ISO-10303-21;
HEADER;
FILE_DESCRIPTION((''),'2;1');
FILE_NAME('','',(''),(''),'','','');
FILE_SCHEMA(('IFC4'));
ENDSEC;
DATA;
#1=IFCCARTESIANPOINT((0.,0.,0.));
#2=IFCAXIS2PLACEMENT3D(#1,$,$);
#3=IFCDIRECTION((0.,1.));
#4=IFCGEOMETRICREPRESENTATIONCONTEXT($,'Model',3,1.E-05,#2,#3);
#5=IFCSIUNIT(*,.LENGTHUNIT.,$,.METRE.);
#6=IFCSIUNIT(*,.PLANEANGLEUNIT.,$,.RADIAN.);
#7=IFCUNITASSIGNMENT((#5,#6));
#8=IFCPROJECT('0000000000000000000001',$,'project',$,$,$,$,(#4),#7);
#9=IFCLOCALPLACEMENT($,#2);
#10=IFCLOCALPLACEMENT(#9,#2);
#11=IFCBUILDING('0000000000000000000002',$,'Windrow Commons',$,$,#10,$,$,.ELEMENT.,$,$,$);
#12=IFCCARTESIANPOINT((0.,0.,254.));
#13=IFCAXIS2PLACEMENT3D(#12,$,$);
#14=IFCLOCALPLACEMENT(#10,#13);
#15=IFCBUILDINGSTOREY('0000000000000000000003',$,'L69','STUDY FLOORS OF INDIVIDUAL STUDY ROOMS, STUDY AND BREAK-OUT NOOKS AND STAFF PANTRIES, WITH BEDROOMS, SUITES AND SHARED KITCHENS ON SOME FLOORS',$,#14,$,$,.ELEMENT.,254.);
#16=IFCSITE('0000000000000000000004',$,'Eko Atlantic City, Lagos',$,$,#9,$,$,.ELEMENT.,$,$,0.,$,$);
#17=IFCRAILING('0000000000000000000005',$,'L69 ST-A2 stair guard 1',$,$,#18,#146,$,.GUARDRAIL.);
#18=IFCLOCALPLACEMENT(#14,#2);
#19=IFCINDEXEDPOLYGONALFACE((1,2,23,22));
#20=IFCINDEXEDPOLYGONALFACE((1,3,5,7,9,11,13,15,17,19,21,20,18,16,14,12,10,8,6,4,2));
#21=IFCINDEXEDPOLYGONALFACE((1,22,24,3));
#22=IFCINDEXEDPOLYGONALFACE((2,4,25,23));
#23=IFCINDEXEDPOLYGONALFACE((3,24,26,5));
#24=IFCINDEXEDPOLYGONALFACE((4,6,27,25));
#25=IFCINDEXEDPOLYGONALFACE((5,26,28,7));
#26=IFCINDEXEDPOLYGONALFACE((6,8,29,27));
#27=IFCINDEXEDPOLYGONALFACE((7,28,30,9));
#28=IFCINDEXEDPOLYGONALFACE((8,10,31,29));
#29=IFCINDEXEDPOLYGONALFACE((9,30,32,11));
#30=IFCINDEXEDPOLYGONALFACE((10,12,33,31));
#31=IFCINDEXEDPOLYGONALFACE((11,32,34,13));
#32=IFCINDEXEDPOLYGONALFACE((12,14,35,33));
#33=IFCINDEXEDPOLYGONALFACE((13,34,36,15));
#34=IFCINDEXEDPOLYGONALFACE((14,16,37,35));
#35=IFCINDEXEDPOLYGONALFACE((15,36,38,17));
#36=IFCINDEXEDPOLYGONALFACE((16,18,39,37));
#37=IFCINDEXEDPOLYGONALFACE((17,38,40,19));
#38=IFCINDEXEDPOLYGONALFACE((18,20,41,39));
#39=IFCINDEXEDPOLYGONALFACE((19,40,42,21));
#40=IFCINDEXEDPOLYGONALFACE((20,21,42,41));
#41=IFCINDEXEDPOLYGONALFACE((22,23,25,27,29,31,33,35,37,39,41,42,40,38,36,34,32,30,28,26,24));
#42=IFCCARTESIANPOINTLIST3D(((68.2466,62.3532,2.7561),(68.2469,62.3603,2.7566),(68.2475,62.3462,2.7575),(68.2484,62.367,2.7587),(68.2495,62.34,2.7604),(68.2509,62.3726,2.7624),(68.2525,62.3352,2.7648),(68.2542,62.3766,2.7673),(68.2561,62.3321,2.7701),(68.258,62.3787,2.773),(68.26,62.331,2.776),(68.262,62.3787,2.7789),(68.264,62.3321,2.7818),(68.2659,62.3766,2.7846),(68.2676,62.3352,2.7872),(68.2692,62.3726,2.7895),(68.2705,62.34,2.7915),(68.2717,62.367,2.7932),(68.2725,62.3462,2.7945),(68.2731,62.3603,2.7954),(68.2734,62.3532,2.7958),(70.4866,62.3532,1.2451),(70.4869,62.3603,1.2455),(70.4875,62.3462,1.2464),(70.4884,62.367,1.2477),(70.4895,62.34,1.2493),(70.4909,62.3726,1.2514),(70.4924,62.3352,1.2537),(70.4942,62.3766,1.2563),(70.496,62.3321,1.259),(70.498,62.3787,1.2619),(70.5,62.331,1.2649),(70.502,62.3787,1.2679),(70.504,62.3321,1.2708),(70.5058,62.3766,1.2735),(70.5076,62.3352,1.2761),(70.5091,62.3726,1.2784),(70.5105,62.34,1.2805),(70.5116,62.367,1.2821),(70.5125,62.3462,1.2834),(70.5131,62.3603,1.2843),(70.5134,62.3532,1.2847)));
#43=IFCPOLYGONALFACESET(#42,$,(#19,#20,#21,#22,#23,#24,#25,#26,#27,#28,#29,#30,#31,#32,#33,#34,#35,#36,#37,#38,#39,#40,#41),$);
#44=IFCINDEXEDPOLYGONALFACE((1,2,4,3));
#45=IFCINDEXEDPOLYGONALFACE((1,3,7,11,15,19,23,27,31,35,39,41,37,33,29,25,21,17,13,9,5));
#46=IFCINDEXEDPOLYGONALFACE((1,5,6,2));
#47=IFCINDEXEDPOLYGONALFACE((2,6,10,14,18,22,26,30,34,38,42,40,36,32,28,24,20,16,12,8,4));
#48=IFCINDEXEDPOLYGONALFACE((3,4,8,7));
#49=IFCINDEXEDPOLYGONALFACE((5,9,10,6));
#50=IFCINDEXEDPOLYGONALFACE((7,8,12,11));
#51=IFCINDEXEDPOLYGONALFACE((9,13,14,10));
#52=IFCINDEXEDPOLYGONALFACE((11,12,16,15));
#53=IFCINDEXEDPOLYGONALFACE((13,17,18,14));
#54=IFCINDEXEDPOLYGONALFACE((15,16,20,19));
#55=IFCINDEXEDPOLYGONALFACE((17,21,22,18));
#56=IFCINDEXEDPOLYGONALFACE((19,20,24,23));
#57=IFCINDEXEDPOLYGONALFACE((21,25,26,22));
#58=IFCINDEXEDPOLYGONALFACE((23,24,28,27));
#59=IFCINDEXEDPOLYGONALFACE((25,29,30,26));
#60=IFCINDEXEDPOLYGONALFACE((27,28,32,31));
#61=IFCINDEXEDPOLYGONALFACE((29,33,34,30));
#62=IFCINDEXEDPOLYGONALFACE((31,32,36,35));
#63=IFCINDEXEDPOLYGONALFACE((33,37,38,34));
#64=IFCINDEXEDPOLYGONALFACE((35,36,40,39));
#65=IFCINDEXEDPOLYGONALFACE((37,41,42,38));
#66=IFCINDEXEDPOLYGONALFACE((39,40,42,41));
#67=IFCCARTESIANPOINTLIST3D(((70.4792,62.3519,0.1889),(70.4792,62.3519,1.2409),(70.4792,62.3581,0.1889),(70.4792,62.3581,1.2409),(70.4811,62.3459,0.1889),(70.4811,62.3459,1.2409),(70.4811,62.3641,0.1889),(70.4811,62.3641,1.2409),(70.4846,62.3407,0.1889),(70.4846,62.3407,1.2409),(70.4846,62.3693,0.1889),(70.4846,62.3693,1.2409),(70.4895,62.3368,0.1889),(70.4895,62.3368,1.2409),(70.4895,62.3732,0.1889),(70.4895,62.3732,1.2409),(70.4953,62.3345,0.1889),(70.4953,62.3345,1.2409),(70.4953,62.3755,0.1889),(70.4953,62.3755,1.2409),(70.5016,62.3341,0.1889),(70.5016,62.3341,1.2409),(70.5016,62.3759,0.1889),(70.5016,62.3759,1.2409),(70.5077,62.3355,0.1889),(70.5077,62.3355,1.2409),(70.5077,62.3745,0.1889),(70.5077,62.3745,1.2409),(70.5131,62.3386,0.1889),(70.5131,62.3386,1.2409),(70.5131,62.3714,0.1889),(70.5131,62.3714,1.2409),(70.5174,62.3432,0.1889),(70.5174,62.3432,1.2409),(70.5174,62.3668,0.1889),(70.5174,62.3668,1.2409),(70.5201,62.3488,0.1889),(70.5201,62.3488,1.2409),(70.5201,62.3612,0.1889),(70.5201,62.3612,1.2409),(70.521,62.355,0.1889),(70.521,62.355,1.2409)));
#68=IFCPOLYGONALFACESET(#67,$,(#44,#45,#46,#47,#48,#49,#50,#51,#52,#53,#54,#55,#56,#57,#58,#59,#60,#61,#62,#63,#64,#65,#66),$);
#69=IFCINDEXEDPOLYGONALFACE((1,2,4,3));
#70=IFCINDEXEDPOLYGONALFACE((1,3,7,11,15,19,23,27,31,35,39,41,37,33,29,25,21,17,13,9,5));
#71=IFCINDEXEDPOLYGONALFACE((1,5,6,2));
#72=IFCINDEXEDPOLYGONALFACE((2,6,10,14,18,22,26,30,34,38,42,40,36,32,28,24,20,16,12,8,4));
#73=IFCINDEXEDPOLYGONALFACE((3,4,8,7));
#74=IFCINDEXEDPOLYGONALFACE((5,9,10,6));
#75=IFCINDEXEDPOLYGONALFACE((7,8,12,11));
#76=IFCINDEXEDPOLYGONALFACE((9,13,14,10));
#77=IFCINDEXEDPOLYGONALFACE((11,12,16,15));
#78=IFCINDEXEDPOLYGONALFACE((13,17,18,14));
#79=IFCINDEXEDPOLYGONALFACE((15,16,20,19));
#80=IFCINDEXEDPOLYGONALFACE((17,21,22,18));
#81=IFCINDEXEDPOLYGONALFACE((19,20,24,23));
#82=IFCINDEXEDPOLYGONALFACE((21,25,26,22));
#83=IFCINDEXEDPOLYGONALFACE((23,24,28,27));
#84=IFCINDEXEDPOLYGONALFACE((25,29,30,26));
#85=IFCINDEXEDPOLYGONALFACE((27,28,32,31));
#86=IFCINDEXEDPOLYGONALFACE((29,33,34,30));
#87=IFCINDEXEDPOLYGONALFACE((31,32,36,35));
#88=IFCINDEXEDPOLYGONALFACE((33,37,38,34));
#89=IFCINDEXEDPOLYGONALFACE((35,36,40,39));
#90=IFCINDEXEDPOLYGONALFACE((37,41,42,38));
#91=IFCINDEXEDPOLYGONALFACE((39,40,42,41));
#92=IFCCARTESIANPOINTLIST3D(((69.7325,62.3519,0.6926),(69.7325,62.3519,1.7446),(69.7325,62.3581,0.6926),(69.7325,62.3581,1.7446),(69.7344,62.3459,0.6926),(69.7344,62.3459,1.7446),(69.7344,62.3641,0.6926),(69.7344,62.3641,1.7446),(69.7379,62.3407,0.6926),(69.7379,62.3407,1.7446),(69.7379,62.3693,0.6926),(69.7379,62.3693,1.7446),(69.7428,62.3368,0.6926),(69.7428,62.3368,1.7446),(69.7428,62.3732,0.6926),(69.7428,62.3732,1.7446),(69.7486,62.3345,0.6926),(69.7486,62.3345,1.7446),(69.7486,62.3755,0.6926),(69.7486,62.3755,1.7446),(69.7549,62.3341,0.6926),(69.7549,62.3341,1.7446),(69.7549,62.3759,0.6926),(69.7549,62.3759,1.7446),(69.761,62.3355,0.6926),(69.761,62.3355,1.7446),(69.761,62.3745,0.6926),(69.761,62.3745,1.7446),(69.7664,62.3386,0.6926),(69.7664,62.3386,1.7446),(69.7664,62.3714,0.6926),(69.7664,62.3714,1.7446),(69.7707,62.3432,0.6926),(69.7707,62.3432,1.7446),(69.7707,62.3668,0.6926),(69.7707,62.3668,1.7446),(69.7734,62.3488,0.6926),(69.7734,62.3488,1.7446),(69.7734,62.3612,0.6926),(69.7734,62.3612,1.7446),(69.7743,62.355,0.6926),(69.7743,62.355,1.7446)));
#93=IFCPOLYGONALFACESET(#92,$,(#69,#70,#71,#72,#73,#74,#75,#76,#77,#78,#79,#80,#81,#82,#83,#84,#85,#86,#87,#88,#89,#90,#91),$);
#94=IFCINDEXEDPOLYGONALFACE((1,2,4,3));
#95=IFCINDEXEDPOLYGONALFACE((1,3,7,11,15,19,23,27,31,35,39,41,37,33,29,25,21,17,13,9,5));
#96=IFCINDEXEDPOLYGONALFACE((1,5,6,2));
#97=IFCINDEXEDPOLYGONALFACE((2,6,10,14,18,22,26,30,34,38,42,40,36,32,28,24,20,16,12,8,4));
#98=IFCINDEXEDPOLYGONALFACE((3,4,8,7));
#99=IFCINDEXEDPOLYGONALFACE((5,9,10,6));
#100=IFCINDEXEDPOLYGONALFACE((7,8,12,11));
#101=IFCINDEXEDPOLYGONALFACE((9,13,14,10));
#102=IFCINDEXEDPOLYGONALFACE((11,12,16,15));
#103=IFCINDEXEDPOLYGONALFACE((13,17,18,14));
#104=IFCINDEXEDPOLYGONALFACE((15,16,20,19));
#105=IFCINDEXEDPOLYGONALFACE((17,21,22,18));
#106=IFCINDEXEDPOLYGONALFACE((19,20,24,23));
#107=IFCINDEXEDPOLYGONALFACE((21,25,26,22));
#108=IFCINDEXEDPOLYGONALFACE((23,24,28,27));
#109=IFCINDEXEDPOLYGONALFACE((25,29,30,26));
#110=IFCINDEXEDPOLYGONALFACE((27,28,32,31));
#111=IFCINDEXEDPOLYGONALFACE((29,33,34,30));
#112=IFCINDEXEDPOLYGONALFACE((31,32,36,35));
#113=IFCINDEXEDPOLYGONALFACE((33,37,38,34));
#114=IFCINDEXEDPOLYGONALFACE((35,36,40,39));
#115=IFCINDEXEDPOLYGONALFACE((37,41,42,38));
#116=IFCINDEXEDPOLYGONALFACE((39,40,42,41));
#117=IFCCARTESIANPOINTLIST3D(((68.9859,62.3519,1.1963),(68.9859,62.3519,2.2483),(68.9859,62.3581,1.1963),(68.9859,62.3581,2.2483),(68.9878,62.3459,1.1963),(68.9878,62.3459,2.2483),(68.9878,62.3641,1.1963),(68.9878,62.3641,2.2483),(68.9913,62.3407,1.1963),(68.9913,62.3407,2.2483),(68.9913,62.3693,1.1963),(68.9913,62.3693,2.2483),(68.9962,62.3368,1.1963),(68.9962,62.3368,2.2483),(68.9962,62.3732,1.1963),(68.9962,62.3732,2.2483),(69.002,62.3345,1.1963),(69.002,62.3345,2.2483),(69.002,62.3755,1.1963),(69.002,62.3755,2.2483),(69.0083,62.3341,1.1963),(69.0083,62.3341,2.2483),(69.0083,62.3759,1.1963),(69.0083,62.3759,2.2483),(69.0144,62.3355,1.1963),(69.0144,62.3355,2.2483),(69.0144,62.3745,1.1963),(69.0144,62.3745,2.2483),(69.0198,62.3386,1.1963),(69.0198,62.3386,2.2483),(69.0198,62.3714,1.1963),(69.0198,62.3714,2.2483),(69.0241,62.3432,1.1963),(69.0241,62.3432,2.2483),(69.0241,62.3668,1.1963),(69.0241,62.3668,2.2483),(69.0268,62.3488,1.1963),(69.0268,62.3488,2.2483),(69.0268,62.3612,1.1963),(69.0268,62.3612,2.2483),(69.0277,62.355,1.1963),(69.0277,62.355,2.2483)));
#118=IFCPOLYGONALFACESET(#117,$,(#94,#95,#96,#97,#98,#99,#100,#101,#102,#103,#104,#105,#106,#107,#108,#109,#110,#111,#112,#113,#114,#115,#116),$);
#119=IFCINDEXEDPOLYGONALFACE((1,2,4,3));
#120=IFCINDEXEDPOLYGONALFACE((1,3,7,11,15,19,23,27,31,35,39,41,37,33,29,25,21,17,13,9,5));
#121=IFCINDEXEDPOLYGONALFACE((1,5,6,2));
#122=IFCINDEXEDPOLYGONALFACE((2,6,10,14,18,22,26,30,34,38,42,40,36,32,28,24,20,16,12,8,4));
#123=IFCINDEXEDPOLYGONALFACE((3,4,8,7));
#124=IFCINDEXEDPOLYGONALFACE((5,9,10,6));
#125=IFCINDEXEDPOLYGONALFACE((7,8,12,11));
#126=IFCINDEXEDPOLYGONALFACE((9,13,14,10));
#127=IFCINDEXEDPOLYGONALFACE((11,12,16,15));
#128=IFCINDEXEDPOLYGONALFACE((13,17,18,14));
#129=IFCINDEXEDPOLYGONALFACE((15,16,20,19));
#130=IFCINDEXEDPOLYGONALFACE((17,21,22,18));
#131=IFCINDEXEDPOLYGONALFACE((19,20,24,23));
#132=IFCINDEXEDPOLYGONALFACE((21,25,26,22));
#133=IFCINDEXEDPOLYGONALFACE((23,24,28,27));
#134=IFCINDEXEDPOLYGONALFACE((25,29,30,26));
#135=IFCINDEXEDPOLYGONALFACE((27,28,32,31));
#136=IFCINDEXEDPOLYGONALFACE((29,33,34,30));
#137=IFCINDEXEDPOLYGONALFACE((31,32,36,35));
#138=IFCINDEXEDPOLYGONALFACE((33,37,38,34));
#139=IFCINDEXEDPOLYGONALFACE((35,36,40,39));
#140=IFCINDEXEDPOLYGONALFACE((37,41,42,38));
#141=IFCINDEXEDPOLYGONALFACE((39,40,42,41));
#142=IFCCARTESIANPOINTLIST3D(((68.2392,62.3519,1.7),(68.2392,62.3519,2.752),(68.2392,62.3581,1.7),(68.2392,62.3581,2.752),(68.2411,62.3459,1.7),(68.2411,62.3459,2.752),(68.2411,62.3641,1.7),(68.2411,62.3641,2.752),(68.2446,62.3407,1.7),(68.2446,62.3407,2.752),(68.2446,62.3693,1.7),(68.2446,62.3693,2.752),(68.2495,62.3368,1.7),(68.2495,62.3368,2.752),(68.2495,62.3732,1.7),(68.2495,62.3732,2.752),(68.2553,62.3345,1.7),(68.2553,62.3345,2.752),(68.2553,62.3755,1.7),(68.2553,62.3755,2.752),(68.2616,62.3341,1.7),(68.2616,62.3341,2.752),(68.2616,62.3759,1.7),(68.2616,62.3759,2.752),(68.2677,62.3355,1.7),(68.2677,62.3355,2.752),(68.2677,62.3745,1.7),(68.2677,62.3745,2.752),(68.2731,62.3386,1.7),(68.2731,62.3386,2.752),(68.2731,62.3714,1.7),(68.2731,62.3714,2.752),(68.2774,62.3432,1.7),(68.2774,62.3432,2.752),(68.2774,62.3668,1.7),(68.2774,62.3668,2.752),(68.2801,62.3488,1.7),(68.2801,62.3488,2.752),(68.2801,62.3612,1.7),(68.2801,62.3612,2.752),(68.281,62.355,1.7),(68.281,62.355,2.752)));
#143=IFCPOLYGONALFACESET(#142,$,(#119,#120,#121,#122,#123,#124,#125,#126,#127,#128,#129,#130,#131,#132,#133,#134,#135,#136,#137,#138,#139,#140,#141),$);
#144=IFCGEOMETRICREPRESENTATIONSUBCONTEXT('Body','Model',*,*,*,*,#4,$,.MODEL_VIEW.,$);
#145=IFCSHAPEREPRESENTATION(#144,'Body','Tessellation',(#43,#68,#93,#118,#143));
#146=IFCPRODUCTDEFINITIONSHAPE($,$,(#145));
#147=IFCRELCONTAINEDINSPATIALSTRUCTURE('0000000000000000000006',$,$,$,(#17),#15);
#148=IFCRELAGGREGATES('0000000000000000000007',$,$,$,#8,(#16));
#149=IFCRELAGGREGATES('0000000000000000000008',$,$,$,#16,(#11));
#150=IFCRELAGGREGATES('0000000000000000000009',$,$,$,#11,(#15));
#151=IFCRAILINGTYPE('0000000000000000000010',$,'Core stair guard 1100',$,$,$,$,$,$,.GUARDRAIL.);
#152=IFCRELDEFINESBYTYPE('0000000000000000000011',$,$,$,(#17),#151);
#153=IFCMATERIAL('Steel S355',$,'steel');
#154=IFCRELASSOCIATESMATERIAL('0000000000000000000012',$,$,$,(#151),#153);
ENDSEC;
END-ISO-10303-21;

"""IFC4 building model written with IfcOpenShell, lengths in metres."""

from ifc_helpers import new_model, si_unit, direction, frame, origin, origin_2d, place, context, subcontext, project, spatial, circle, extrude, material, type_object, element, save


model = new_model("IFC4")

# Units and contexts
model_context = context("Model", 3, precision=1e-05, world=origin(), true_north=direction((0.0, 1.0)))
body_context = subcontext(model_context, "Body", "Model", "MODEL_VIEW")
ifc_project = project(units=[si_unit("LENGTHUNIT", "METRE"), si_unit("PLANEANGLEUNIT", "RADIAN")], contexts=[model_context])

# Site, building, storey
site_placement = place(None, origin())
site = spatial("IfcSite", under=ifc_project, at=site_placement, Name="Eko Atlantic City, Lagos", CompositionType="ELEMENT", RefElevation=0.0)
building_placement = place(site_placement, origin())
building = spatial("IfcBuilding", under=site, at=building_placement, Name="Windrow Commons", CompositionType="ELEMENT")
storey_placement = place(building_placement, frame((0.0, 0.0, 254.0)))
storey = spatial("IfcBuildingStorey", under=building, at=storey_placement, Name="L69", Description="STUDY FLOORS OF INDIVIDUAL STUDY ROOMS, STUDY AND BREAK-OUT NOOKS AND STAFF PANTRIES, WITH BEDROOMS, SUITES AND SHARED KITCHENS ON SOME FLOORS", CompositionType="ELEMENT", Elevation=254.0)

# Railing
ifc_material_1 = material(Name="Steel S355", Category="steel")
railing_type_1 = type_object("IfcRailingType", Name="Core stair guard 1100", PredefinedType="GUARDRAIL", material=ifc_material_1)
railing_1_placement = place(storey_placement, frame((70.5, 62.355, 0.1889)))
element("IfcRailing", 1, at=railing_1_placement, inside=storey, type_object=railing_type_1, Name="L69 ST-A2 stair guard 1", PredefinedType="GUARDRAIL", context=body_context, shape_type="SweptSolid", body=[
    extrude(circle(Radius=0.024, at=origin_2d()), frame((0.0, 0.0, 1.076), z_axis=(-0.829003, 0.0, 0.559244), x_axis=(0.0, -1.0, 0.0)), (0.0, 0.0, 1.0), 2.702),
    extrude(circle(Radius=0.021, at=origin_2d()), origin(), (0.0, 0.0, 1.0), 1.052),
    extrude(circle(Radius=0.021, at=origin_2d()), frame((-0.7467, 0.0, 0.5037)), (0.0, 0.0, 1.0), 1.052),
    extrude(circle(Radius=0.021, at=origin_2d()), frame((-1.4933, 0.0, 1.0074)), (0.0, 0.0, 1.0), 1.052),
    extrude(circle(Radius=0.021, at=origin_2d()), frame((-2.24, 0.0, 1.5111)), (0.0, 0.0, 1.0), 1.052),
])

save(model, "model.ifc")
